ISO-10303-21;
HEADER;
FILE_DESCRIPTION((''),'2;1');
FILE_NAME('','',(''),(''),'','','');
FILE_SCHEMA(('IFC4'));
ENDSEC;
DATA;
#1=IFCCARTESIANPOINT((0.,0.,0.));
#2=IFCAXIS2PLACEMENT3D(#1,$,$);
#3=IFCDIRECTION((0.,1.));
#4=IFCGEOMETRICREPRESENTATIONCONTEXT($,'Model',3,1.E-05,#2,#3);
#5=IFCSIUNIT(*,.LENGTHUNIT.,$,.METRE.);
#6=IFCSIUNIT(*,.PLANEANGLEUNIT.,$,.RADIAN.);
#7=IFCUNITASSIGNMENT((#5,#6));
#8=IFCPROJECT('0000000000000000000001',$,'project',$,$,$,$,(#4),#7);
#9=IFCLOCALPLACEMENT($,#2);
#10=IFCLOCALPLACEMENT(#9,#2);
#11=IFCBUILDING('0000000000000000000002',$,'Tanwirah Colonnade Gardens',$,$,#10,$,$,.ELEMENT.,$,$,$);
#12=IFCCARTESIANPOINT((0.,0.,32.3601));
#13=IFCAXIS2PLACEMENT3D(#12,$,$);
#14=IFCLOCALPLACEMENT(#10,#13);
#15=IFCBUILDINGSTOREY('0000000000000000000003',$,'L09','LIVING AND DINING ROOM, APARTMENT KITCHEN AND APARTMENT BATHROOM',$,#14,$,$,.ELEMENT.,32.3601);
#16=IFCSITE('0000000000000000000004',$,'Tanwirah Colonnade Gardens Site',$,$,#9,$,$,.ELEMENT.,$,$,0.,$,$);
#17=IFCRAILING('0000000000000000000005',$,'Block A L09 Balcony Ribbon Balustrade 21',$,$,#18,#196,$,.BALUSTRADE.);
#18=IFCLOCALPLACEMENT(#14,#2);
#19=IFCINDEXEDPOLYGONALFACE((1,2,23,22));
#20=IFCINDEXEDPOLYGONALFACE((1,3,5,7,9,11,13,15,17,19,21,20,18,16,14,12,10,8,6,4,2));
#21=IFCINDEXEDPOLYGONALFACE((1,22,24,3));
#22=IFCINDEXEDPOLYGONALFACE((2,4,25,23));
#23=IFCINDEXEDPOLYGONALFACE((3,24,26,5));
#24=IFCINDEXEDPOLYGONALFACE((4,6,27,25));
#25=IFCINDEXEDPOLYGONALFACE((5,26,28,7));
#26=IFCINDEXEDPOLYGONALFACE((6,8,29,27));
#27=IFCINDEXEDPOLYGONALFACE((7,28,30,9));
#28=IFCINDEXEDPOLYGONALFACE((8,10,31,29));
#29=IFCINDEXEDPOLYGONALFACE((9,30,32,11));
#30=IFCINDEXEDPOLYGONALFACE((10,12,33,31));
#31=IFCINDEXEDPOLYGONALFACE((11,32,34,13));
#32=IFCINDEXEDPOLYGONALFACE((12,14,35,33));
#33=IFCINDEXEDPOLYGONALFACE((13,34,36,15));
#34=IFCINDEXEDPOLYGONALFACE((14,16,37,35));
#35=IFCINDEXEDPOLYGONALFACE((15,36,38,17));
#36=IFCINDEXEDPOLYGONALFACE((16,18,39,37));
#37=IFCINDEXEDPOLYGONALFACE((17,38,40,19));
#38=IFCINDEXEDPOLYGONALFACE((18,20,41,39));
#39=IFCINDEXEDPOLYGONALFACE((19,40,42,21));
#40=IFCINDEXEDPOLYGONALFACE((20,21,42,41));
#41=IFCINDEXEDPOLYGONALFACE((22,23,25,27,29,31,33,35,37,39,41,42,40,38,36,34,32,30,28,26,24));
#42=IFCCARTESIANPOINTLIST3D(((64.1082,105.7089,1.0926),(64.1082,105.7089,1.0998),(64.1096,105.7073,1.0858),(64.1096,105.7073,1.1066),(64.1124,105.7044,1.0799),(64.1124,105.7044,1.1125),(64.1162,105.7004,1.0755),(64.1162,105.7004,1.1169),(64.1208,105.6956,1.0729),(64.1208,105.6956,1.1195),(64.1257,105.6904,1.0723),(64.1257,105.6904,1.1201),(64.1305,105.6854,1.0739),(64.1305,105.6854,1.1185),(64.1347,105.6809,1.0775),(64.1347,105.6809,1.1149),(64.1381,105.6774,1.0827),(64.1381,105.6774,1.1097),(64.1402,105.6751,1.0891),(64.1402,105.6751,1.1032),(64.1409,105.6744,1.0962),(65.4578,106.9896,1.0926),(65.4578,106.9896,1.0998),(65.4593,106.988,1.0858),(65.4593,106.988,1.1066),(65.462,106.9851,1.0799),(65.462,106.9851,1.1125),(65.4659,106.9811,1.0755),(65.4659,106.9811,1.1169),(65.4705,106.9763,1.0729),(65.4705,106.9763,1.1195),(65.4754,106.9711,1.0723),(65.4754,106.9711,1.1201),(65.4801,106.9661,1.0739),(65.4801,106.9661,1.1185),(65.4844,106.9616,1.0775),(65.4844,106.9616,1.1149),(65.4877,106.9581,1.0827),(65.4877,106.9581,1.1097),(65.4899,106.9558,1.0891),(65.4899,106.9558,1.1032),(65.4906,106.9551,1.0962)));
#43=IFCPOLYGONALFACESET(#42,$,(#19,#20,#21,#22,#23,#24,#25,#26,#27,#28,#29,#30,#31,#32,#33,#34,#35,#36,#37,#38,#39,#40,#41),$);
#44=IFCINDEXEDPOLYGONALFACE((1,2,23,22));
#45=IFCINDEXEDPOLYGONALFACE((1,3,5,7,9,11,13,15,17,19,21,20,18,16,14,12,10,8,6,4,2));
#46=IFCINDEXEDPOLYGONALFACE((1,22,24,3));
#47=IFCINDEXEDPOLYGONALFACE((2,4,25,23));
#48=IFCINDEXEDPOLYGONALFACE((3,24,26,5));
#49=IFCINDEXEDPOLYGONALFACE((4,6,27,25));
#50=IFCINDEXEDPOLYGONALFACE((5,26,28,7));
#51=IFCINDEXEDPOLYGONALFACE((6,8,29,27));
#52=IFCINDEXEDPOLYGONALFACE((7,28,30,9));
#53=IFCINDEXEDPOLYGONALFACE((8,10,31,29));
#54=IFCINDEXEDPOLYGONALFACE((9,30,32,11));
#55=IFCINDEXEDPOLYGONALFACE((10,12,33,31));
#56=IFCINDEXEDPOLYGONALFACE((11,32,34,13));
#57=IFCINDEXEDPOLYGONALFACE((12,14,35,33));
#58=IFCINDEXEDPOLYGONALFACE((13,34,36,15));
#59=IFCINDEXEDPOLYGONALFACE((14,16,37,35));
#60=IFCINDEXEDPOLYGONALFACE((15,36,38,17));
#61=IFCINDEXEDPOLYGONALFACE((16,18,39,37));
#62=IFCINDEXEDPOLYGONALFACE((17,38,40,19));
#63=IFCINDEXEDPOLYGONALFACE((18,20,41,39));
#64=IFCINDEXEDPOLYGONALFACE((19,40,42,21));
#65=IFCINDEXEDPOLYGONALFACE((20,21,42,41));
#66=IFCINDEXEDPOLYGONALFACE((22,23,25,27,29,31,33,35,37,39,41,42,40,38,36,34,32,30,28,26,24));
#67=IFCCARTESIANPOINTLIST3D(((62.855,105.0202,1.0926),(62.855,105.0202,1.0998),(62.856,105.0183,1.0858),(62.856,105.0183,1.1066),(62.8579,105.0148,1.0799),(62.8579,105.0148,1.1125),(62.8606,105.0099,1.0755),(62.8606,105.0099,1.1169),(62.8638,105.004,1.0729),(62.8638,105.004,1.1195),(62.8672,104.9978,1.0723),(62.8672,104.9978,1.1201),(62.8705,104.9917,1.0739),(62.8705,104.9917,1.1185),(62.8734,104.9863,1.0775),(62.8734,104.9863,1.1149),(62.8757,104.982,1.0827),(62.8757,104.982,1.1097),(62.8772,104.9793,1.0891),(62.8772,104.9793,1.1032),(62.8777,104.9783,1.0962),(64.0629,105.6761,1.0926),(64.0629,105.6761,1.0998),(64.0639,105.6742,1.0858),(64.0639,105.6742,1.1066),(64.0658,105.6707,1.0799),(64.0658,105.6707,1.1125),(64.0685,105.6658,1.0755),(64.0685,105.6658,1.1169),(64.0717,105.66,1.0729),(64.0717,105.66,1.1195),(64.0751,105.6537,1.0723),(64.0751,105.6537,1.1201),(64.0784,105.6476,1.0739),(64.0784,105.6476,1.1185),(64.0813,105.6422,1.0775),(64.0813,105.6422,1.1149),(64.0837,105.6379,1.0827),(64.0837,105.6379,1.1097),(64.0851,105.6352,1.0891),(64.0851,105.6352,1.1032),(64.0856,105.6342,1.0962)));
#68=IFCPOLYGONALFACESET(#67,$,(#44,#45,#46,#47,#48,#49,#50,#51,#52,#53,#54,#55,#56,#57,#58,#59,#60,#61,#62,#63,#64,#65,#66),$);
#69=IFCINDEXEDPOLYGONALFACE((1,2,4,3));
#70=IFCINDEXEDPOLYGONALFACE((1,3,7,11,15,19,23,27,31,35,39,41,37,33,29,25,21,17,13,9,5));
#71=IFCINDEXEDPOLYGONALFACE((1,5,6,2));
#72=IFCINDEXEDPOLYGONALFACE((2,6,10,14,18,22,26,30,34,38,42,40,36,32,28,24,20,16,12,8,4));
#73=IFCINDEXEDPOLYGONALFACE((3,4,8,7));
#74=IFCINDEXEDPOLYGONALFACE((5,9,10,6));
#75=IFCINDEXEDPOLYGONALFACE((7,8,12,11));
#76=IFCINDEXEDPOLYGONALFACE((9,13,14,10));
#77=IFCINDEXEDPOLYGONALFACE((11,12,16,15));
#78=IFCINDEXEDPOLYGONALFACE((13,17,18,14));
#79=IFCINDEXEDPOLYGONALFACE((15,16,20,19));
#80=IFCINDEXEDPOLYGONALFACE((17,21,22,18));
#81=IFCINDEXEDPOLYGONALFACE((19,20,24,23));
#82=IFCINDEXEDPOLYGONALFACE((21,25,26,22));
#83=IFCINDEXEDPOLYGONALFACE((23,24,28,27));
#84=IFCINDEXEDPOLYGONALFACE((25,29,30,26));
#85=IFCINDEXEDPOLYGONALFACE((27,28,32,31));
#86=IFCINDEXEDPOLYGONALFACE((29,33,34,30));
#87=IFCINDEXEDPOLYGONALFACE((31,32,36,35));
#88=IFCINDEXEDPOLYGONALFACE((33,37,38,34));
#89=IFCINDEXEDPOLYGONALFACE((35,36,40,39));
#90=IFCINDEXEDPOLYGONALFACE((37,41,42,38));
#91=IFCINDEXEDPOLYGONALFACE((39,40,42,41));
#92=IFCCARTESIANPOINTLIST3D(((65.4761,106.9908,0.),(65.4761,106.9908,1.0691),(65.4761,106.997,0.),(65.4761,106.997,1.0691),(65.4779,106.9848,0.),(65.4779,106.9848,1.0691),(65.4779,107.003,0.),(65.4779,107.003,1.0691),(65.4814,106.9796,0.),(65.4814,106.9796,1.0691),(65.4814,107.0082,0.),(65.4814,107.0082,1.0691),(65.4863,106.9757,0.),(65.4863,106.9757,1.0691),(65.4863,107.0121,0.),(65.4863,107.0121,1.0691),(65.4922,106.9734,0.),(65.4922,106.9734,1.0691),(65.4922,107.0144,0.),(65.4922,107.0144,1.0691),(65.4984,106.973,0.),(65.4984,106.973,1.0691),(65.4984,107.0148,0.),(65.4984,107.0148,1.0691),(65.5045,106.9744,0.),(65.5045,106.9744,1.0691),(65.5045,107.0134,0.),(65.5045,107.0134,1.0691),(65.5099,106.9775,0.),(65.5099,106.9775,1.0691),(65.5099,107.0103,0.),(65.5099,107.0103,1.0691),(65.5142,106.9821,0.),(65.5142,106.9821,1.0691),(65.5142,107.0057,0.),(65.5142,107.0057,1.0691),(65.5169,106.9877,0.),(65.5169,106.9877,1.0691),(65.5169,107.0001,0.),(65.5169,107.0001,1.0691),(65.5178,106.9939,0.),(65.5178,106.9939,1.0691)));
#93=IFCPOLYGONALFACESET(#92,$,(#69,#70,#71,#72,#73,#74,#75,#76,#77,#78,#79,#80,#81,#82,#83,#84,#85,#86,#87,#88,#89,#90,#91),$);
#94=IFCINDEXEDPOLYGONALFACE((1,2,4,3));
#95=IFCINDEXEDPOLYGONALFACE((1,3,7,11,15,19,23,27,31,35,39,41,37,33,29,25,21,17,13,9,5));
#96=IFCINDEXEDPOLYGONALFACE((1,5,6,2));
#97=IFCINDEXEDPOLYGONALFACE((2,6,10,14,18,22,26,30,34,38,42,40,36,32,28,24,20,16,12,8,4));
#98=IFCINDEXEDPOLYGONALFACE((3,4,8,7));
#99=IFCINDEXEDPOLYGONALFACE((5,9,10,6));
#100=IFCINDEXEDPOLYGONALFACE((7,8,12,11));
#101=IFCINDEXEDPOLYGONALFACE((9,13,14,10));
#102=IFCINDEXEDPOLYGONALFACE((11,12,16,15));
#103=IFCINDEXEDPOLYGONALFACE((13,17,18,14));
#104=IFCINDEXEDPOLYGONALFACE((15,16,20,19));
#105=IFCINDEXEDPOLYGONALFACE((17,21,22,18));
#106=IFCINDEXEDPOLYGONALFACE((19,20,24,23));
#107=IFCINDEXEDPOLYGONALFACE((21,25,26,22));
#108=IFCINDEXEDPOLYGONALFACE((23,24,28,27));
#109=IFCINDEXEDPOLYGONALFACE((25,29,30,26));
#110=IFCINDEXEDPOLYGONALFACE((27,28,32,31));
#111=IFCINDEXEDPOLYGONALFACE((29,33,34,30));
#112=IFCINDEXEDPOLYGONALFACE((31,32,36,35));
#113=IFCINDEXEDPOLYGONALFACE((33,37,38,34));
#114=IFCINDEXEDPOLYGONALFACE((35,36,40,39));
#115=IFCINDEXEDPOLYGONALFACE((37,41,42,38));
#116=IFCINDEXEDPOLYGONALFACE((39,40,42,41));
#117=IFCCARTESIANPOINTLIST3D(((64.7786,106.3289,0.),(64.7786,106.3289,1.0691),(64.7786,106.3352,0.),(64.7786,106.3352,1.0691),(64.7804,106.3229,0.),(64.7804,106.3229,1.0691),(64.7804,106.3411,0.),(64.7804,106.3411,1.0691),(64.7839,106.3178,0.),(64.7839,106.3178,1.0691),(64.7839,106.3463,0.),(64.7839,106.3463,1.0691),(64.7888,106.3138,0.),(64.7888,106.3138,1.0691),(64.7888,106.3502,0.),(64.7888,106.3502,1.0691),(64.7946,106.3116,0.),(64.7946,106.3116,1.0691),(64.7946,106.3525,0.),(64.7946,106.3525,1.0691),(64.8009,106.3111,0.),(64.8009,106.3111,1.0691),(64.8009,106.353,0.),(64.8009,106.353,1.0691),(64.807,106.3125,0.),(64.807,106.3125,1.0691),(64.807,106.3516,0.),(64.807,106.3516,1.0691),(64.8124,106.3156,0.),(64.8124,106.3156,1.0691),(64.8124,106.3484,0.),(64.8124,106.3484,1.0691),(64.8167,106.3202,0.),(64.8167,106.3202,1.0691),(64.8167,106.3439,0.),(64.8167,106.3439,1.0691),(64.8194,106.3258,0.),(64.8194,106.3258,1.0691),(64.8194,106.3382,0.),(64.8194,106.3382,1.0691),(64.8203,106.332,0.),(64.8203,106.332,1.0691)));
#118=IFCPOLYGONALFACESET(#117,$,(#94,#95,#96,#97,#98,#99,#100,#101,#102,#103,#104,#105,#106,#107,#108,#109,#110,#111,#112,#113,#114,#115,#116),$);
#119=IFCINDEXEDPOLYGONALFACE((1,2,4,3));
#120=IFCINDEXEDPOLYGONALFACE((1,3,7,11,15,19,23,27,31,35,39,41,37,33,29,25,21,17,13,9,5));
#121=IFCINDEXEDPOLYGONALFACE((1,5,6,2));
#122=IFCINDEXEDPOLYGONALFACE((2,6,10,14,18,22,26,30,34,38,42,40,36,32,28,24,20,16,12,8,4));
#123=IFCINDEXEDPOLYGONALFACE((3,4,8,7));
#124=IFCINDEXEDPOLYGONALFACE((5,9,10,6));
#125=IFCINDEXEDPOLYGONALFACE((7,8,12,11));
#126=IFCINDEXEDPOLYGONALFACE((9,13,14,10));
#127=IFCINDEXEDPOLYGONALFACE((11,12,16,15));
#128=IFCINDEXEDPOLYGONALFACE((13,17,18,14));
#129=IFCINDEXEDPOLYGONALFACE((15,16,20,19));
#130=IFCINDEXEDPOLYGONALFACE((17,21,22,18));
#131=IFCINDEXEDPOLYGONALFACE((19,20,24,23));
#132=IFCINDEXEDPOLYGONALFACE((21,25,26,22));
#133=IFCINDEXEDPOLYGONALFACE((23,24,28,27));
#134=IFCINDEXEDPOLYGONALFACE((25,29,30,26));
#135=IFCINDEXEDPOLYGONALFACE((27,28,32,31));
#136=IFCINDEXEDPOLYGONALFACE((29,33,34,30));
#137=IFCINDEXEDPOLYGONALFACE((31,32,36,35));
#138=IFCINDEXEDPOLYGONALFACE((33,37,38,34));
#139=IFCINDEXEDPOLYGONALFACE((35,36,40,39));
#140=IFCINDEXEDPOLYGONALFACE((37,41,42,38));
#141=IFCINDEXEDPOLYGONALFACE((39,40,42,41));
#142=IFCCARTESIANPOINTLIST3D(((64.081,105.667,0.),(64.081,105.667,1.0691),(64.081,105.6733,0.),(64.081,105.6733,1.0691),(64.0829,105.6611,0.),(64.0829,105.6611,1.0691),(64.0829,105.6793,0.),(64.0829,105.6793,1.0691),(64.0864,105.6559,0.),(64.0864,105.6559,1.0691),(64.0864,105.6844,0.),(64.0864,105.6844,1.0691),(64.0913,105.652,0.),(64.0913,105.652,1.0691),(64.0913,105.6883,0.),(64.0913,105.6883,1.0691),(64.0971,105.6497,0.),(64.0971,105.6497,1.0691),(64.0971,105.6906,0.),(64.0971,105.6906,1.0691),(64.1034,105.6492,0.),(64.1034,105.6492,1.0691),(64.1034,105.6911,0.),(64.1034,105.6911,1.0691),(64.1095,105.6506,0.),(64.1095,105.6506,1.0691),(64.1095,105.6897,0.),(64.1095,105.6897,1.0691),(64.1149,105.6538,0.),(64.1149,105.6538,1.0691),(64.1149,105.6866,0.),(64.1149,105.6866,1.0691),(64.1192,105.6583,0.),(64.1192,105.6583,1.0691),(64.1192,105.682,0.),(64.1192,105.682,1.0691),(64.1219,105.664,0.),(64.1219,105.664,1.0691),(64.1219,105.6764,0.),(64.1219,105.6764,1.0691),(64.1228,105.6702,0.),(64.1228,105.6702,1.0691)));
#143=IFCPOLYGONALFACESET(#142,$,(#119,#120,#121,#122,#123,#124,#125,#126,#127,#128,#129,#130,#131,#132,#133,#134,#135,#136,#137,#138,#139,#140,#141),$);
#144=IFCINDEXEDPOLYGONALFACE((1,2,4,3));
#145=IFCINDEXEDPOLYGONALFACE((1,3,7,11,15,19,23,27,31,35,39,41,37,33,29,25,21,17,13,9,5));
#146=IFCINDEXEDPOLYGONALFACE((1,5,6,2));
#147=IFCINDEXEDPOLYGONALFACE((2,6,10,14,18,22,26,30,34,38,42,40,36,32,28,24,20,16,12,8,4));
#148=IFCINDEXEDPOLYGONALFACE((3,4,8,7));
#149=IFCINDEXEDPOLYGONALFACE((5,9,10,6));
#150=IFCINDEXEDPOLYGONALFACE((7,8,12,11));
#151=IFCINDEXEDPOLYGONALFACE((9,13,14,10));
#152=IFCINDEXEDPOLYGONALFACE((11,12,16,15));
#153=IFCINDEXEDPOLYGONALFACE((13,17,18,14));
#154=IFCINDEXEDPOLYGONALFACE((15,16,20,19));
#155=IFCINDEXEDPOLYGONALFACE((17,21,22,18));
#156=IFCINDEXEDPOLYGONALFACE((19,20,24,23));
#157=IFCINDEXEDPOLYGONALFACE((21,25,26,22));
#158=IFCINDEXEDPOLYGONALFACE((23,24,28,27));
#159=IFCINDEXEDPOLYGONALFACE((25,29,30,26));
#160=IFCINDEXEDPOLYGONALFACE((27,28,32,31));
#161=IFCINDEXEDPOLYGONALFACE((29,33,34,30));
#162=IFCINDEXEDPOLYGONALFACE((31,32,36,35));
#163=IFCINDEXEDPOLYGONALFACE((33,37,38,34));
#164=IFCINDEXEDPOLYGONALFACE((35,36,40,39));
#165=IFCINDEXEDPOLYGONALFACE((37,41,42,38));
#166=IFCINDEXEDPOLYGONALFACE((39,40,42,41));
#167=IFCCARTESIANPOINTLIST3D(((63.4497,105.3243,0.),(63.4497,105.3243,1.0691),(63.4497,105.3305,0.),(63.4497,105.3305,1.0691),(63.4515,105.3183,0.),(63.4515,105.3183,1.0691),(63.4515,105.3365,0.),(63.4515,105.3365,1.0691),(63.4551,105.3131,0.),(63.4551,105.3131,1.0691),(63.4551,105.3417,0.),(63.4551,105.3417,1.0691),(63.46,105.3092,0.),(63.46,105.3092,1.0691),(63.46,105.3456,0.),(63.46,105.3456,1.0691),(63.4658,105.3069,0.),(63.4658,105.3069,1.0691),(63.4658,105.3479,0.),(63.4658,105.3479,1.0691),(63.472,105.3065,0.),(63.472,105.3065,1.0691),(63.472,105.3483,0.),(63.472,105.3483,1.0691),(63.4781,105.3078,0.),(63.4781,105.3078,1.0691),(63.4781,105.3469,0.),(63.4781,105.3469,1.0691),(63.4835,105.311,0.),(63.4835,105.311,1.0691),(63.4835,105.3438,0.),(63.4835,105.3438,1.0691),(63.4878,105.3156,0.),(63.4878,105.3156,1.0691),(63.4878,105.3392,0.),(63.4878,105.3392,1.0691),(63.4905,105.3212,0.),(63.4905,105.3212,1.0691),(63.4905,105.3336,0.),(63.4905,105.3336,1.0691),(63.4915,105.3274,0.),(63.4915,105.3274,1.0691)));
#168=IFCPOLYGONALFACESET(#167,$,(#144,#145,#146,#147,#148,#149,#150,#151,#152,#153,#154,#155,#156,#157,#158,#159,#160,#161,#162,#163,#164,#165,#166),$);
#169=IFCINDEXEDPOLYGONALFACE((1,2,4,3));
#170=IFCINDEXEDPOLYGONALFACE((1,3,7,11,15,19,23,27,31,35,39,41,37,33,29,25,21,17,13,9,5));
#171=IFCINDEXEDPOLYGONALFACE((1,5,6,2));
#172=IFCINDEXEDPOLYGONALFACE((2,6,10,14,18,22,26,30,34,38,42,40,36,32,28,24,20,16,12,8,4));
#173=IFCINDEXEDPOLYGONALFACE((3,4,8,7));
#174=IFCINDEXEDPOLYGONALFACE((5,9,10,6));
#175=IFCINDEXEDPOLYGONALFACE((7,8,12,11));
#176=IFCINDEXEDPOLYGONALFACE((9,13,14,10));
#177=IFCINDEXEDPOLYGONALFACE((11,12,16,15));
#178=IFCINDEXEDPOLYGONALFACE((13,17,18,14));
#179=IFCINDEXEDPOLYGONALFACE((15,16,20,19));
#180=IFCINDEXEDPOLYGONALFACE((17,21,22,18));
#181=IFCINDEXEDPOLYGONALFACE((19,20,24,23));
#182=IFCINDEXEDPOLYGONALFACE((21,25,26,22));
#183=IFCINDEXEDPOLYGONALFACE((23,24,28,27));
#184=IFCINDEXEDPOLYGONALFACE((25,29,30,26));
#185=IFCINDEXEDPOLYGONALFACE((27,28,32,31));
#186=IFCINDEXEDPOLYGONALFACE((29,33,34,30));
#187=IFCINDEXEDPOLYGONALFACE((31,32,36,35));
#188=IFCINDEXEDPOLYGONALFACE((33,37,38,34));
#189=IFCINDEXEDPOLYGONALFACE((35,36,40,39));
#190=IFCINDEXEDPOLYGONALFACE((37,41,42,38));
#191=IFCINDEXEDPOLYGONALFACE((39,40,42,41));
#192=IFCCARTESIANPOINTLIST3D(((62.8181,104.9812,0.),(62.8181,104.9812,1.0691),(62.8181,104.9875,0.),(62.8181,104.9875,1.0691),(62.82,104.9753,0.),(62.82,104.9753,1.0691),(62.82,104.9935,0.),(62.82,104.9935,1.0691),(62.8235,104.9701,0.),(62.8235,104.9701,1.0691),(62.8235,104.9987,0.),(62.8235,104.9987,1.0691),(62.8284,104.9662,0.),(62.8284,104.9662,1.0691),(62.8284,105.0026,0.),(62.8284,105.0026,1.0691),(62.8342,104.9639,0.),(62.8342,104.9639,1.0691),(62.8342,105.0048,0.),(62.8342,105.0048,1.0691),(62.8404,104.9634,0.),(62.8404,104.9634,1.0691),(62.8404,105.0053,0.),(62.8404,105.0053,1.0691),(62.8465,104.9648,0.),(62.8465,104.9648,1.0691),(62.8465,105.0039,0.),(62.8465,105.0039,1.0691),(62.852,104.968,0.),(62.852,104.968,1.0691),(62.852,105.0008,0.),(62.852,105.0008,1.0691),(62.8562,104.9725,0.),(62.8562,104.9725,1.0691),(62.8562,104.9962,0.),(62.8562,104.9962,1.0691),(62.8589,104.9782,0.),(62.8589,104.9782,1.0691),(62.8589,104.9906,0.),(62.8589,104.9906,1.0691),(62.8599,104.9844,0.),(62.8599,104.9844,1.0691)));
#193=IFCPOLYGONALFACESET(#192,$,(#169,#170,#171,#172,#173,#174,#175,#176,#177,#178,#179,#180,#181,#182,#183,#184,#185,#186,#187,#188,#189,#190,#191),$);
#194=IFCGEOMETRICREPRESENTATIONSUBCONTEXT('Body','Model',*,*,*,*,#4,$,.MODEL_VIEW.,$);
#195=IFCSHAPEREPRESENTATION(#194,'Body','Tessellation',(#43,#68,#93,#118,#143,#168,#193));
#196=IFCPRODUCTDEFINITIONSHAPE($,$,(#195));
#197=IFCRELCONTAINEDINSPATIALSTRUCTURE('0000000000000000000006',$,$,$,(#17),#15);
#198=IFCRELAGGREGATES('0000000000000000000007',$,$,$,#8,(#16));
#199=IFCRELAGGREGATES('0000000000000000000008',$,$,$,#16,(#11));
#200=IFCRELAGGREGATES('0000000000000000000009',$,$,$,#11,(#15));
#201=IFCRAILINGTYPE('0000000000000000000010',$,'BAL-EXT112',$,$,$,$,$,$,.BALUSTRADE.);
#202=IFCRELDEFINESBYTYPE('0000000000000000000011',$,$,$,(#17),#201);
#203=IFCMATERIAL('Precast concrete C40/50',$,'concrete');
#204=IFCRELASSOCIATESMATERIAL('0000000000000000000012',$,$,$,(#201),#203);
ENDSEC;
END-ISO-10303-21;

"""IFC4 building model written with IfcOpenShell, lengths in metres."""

from ifc_helpers import new_model, si_unit, direction, frame, origin, origin_2d, place, context, subcontext, project, spatial, circle, extrude, material, type_object, element, save


model = new_model("IFC4")

# Units and contexts
model_context = context("Model", 3, precision=1e-05, world=origin(), true_north=direction((0.0, 1.0)))
body_context = subcontext(model_context, "Body", "Model", "MODEL_VIEW")
ifc_project = project(units=[si_unit("LENGTHUNIT", "METRE"), si_unit("PLANEANGLEUNIT", "RADIAN")], contexts=[model_context])

# Site, building, storey
site_placement = place(None, origin())
site = spatial("IfcSite", under=ifc_project, at=site_placement, Name="Tanwirah Colonnade Gardens Site", CompositionType="ELEMENT", RefElevation=0.0)
building_placement = place(site_placement, origin())
building = spatial("IfcBuilding", under=site, at=building_placement, Name="Tanwirah Colonnade Gardens", CompositionType="ELEMENT")
storey_placement = place(building_placement, frame((0.0, 0.0, 32.3601)))
storey = spatial("IfcBuildingStorey", under=building, at=storey_placement, Name="L09", Description="LIVING AND DINING ROOM, APARTMENT KITCHEN AND APARTMENT BATHROOM", CompositionType="ELEMENT", Elevation=32.3601)

# Shared definitions
ifc_material_1 = material(Name="Precast concrete C40/50", Category="concrete")

# Railing
railing_type_1 = type_object("IfcRailingType", Name="BAL-EXT112", PredefinedType="BALUSTRADE", material=ifc_material_1)
railing_1_placement = place(storey_placement, frame((65.4968, 106.9939, 0.0)))
element("IfcRailing", 1, at=railing_1_placement, inside=storey, type_object=railing_type_1, Name="Block A L09 Balcony Ribbon Balustrade 21", PredefinedType="BALUSTRADE", context=body_context, shape_type="SweptSolid", body=[
    extrude(circle(Radius=0.0239, at=origin_2d()), frame((-0.0227, -0.0215, 1.0962), z_axis=(-0.725399, -0.688329, 0.0), x_axis=(0.688329, -0.725399, 0.0)), (0.0, 0.0, 1.0), 1.8606),
    extrude(circle(Radius=0.0239, at=origin_2d()), frame((-1.4226, -1.3386, 1.0962), z_axis=(-0.878796, -0.477197, 0.0), x_axis=(0.477197, -0.878796, 0.0)), (0.0, 0.0, 1.0), 1.3745),
    extrude(circle(Radius=0.021, at=origin_2d()), origin(), (0.0, 0.0, 1.0), 1.0691),
    extrude(circle(Radius=0.021, at=origin_2d()), frame((-0.6975, -0.6619, 0.0)), (0.0, 0.0, 1.0), 1.0691),
    extrude(circle(Radius=0.021, at=origin_2d()), frame((-1.395, -1.3237, 0.0)), (0.0, 0.0, 1.0), 1.0691),
    extrude(circle(Radius=0.021, at=origin_2d()), frame((-2.0264, -1.6665, 0.0)), (0.0, 0.0, 1.0), 1.0691),
    extrude(circle(Radius=0.021, at=origin_2d()), frame((-2.658, -2.0095, 0.0)), (0.0, 0.0, 1.0), 1.0691),
])

save(model, "model.ifc")
